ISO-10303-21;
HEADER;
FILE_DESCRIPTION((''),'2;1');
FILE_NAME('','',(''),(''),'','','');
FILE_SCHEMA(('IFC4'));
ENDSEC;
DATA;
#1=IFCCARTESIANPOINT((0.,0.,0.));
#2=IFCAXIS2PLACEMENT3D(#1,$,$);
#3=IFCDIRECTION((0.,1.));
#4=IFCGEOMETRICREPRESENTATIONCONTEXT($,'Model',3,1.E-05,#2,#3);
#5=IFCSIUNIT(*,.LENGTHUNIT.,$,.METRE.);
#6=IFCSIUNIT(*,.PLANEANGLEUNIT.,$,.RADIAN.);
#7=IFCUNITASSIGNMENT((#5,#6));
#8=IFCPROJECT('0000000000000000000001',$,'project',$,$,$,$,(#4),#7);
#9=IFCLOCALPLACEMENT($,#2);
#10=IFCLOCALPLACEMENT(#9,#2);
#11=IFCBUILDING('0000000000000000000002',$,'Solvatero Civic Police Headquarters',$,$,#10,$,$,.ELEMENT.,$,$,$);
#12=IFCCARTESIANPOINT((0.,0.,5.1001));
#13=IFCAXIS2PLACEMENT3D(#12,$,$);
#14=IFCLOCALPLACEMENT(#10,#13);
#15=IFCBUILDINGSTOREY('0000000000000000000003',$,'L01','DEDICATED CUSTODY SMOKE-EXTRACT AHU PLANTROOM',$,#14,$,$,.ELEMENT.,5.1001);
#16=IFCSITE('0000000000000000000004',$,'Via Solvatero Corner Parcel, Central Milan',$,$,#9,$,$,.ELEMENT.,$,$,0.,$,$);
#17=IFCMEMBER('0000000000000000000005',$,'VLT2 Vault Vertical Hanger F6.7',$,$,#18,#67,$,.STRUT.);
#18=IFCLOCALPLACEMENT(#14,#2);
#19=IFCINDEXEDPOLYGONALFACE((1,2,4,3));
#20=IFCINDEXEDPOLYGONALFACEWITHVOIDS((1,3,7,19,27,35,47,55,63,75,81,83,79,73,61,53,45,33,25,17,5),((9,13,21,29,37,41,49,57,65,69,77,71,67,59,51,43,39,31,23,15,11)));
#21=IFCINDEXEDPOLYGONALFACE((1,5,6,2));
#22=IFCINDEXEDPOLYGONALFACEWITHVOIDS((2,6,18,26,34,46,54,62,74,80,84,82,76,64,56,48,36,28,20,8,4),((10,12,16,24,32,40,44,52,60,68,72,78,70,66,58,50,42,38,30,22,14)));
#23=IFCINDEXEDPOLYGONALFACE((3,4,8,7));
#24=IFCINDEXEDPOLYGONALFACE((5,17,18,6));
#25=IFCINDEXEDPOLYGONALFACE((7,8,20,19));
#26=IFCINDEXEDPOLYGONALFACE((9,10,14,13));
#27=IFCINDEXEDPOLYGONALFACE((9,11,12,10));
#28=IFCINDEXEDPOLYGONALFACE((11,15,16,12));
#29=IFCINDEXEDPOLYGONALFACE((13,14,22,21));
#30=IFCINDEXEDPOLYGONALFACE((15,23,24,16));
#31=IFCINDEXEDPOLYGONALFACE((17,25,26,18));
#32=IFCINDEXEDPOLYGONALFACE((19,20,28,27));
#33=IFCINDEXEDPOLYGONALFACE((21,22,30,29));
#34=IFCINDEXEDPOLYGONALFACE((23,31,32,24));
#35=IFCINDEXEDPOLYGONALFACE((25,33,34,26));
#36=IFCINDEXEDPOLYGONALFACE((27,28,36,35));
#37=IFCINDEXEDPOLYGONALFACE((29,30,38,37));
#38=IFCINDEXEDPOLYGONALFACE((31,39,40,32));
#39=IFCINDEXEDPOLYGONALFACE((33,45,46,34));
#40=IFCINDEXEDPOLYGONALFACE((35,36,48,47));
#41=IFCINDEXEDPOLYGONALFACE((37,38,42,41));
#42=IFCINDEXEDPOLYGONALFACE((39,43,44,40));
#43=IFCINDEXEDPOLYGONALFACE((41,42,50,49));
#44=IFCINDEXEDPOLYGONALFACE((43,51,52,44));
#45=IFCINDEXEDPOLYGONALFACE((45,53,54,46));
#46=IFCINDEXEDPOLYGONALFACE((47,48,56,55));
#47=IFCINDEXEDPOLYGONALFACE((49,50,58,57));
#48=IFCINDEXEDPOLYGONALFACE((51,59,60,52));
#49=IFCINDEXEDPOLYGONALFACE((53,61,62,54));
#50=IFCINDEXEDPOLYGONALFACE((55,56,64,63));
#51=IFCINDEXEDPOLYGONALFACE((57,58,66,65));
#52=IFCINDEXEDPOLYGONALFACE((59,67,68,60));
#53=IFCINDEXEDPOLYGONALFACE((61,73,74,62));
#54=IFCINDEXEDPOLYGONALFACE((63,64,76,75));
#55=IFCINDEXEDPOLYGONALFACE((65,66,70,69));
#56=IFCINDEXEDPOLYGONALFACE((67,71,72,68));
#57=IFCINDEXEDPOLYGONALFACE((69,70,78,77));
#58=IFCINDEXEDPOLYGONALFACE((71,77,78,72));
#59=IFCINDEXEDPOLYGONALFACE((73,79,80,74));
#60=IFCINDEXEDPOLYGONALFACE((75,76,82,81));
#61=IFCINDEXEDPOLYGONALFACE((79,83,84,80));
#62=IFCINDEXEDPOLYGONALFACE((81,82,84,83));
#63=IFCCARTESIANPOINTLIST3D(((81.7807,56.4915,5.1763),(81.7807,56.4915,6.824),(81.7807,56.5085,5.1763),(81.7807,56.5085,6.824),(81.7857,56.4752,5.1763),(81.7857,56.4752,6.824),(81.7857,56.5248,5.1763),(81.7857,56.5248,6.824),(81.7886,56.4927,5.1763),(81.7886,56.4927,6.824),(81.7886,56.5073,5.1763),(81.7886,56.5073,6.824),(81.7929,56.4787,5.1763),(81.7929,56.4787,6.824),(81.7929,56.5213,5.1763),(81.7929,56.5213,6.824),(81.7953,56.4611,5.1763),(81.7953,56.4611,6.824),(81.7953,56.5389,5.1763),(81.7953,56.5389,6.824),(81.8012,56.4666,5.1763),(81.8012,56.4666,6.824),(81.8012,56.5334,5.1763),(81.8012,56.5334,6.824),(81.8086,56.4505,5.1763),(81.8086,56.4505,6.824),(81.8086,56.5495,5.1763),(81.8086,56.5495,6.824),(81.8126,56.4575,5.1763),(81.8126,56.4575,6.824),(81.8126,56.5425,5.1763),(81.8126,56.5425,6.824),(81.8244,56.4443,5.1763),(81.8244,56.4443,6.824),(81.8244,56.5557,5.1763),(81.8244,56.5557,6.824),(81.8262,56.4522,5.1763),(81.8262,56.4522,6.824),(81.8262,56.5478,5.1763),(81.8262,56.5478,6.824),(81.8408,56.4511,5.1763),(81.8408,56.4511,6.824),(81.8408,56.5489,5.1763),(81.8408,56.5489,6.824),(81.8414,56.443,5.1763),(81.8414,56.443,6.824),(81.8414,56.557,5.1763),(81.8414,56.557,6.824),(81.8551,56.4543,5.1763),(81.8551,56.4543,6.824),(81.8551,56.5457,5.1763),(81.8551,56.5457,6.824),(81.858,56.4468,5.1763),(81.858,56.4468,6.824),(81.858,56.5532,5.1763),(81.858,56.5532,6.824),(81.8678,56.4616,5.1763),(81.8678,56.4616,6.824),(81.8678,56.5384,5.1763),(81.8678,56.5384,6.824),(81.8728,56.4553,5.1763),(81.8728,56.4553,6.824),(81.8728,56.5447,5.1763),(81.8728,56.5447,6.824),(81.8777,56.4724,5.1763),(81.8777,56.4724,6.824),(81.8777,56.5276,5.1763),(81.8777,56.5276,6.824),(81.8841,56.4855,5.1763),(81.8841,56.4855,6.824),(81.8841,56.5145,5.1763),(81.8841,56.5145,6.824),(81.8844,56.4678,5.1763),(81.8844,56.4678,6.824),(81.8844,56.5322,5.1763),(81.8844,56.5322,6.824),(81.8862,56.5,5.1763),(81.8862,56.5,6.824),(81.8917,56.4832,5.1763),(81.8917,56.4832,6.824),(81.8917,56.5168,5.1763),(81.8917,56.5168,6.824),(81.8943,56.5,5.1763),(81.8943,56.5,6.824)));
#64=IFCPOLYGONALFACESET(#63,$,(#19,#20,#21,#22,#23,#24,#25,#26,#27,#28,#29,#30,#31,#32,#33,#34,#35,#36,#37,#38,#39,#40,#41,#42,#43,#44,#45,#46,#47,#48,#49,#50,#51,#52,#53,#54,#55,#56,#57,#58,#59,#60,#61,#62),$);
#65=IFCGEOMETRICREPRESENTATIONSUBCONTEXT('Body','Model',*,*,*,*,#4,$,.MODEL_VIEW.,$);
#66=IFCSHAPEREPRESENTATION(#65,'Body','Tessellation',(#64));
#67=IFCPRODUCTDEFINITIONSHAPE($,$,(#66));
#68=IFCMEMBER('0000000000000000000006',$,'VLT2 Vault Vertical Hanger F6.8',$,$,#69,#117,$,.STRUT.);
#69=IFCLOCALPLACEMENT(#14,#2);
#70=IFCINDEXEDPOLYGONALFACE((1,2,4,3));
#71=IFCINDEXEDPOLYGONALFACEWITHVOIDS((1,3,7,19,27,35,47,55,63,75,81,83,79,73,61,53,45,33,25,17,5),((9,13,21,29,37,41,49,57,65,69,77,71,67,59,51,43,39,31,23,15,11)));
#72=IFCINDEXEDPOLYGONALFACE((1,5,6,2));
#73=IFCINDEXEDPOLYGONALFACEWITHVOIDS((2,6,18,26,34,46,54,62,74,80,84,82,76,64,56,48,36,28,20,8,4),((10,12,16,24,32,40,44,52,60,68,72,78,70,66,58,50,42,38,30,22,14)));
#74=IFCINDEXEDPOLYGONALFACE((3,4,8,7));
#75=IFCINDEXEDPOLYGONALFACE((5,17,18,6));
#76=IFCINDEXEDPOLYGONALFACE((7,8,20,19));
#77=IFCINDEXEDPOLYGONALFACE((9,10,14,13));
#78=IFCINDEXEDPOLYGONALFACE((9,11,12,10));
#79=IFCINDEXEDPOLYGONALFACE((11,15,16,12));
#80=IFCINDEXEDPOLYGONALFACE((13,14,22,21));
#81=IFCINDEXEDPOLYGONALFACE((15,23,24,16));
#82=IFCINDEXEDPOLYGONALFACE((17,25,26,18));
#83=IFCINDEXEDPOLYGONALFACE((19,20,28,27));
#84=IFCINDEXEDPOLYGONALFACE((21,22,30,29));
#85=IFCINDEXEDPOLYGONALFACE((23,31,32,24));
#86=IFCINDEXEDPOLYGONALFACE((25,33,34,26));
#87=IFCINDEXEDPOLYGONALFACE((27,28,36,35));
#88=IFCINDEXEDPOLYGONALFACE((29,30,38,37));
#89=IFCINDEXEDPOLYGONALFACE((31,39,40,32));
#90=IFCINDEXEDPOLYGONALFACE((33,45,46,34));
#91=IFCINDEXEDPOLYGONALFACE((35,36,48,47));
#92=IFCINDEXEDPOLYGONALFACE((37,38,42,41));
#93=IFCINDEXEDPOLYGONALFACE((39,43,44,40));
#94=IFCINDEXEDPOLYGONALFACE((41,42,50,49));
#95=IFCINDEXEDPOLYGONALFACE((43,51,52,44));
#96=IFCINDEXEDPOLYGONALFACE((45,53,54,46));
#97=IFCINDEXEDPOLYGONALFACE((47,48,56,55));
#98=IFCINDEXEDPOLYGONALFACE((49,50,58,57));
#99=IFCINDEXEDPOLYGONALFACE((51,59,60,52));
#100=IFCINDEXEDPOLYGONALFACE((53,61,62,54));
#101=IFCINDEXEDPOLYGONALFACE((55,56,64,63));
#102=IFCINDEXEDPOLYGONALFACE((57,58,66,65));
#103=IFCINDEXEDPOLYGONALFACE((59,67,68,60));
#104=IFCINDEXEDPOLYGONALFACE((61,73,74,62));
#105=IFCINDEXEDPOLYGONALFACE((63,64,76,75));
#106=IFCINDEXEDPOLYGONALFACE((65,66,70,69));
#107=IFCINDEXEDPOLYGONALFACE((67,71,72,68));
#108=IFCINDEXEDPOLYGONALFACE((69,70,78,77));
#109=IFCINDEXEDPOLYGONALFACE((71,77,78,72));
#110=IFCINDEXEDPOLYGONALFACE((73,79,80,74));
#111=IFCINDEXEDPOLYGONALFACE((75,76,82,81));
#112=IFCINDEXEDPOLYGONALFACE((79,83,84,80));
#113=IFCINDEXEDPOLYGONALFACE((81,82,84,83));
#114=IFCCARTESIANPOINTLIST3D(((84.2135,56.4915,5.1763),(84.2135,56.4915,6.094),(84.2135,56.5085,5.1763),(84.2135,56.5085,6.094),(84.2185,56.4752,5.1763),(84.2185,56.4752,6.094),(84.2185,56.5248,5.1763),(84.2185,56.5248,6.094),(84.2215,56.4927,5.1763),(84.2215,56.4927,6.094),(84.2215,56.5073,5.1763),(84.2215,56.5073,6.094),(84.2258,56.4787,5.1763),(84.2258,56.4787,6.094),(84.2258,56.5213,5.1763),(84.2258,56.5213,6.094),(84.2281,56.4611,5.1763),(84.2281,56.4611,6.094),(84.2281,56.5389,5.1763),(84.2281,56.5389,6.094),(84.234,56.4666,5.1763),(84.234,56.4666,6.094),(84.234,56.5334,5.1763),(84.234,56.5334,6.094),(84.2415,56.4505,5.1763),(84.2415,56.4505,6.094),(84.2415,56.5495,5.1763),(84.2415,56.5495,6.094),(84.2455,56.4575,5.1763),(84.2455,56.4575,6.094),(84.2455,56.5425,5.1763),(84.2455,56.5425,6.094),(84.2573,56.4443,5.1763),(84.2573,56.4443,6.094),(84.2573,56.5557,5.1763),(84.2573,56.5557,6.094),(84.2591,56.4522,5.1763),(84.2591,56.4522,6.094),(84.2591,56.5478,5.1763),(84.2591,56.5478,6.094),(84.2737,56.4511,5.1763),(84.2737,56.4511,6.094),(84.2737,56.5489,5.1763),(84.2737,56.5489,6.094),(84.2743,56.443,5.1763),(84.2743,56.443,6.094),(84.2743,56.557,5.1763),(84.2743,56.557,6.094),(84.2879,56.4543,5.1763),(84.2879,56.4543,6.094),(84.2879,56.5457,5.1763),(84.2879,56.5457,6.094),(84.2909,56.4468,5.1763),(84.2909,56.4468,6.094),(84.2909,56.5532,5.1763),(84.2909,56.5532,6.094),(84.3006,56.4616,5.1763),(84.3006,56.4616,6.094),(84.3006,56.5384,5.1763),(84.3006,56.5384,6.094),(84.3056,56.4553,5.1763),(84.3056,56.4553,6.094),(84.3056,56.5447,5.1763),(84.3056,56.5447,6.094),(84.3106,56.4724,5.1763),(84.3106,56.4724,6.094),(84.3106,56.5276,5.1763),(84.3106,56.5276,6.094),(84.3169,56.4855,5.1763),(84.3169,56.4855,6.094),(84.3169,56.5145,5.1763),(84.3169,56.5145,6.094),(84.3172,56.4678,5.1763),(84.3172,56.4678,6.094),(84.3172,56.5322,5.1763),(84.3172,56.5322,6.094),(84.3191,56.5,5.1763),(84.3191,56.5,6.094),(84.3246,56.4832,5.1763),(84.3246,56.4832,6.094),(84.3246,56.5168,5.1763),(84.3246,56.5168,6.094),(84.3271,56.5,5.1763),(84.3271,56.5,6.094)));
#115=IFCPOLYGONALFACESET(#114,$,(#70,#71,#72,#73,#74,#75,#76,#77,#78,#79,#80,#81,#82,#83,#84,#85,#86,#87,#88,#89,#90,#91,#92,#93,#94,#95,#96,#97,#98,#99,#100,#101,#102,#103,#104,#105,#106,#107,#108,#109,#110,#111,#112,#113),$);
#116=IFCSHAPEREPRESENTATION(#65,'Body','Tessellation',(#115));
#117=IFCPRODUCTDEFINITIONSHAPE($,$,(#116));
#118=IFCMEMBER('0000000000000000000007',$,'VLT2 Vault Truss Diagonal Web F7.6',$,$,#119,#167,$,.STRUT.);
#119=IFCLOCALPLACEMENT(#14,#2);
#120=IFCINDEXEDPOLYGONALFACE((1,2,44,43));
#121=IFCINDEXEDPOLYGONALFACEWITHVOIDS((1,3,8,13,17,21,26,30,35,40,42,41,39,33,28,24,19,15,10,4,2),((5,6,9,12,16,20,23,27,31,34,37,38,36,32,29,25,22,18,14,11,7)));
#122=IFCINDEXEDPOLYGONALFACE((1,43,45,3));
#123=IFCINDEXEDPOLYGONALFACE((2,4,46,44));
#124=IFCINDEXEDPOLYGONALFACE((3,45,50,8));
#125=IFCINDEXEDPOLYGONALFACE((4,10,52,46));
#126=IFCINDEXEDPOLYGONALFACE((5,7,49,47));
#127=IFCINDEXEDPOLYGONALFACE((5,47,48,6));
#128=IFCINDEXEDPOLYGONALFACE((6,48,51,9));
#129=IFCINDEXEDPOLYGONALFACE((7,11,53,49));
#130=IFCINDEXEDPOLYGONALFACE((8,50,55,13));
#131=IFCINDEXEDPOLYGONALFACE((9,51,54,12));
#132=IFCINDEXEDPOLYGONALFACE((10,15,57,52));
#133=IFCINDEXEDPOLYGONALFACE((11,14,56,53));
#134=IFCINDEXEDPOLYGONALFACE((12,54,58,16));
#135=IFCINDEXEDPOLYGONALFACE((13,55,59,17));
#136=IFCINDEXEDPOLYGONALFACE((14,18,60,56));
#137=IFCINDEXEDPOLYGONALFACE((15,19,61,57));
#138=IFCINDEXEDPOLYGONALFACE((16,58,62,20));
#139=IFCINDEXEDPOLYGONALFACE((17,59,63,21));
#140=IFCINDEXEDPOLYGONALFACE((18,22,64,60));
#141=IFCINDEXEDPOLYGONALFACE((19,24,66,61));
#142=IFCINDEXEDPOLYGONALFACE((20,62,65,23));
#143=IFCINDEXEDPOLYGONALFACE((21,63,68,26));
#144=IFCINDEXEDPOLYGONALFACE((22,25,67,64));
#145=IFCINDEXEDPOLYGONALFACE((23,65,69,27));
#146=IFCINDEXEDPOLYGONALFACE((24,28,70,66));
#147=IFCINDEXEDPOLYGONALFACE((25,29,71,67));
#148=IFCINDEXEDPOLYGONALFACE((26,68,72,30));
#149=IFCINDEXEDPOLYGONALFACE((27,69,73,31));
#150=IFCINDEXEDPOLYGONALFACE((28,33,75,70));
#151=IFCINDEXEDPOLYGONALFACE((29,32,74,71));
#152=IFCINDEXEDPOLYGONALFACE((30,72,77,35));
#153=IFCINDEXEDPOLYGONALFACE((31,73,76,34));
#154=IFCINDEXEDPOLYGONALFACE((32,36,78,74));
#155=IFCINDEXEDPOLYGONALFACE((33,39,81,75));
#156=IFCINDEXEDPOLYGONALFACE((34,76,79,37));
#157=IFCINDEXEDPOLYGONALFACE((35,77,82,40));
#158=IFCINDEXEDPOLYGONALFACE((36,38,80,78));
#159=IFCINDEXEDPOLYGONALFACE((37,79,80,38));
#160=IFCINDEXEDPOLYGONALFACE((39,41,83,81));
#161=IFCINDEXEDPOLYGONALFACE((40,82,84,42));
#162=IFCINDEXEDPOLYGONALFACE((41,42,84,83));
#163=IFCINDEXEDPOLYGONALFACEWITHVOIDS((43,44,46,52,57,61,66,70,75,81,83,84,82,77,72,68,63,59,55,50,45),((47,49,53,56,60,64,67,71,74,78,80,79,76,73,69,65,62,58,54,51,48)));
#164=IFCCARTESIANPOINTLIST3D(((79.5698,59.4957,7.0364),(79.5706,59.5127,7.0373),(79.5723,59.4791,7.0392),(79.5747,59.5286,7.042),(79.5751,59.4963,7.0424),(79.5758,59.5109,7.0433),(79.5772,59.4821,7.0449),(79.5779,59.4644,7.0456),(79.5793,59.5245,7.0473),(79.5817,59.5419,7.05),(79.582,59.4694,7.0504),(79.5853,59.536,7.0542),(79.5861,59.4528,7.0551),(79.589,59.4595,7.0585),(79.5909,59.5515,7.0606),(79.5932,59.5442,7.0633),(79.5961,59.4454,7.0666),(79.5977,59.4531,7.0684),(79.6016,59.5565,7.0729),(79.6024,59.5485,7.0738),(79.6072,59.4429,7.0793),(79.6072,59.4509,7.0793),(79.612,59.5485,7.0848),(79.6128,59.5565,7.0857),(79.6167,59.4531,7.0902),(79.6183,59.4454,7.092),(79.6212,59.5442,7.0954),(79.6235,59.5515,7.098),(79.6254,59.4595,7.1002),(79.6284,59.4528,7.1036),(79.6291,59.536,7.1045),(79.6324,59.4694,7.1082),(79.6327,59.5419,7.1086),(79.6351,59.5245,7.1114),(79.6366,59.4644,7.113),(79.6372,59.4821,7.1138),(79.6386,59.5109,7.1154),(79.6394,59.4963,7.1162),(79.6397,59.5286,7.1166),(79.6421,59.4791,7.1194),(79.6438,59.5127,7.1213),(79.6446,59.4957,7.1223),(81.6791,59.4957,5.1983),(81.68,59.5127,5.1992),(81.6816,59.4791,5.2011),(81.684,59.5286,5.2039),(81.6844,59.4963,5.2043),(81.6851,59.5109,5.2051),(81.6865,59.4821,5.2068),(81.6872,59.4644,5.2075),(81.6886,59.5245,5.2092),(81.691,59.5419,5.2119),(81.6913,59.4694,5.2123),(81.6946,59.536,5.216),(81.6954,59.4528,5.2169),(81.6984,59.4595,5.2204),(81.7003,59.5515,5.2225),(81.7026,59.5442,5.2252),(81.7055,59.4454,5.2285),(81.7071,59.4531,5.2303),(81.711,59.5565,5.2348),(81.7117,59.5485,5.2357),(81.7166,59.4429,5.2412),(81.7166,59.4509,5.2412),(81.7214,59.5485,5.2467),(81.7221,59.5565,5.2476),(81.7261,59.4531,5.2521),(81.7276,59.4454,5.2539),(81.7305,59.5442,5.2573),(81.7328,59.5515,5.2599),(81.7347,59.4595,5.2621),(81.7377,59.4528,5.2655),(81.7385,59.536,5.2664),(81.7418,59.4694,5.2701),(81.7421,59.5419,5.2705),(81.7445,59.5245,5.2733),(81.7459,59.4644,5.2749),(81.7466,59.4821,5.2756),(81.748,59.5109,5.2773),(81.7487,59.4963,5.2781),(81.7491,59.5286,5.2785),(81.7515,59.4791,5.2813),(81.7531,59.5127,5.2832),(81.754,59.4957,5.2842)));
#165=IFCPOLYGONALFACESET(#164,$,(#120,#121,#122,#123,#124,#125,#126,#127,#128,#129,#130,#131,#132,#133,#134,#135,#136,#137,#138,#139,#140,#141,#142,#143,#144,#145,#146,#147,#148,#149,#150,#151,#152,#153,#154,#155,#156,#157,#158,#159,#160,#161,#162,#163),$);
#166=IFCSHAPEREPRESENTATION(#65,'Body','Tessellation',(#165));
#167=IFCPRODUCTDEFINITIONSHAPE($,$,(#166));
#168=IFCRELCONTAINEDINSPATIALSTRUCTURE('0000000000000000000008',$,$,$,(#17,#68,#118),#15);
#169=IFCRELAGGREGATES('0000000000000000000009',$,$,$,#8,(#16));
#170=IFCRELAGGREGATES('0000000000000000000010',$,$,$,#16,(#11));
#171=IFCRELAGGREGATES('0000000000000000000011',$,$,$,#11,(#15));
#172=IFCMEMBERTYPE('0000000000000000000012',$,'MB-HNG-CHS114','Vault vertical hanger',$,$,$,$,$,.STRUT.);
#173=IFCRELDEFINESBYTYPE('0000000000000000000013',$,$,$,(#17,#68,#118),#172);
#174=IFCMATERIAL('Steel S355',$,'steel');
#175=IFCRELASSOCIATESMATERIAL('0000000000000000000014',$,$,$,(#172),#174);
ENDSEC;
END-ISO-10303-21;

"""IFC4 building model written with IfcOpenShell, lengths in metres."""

from ifc_helpers import new_model, si_unit, direction, frame, origin, origin_2d, place, context, subcontext, project, spatial, hollow_circle, extrude, material, material_profile, profile_set, type_object, element, save


model = new_model("IFC4")

# Units and contexts
model_context = context("Model", 3, precision=1e-05, world=origin(), true_north=direction((0.0, 1.0)))
body_context = subcontext(model_context, "Body", "Model", "MODEL_VIEW")
ifc_project = project(units=[si_unit("LENGTHUNIT", "METRE"), si_unit("PLANEANGLEUNIT", "RADIAN")], contexts=[model_context])

# Site, building, storey
site_placement = place(None, origin())
site = spatial("IfcSite", under=ifc_project, at=site_placement, Name="Via Solvatero Corner Parcel, Central Milan", CompositionType="ELEMENT", RefElevation=0.0)
building_placement = place(site_placement, origin())
building = spatial("IfcBuilding", under=site, at=building_placement, Name="Solvatero Civic Police Headquarters", CompositionType="ELEMENT")
storey_placement = place(building_placement, frame((0.0, 0.0, 5.1001)))
storey = spatial("IfcBuildingStorey", under=building, at=storey_placement, Name="L01", Description="DEDICATED CUSTODY SMOKE-EXTRACT AHU PLANTROOM", CompositionType="ELEMENT", Elevation=5.1001)

# Shared definitions
ifc_material_1 = material(Name="Steel S355", Category="steel")

# Members
ifc_material_profile_1 = material_profile(ifc_material_1, hollow_circle(Radius=0.0571, WallThickness=0.0081, at=origin_2d()), Name="CHS 114.3x8.0")
ifc_profile_set_1 = profile_set([ifc_material_profile_1], Name="Steel S355")
member_type_1 = type_object("IfcMemberType", Name="MB-HNG-CHS114", Description="Vault vertical hanger", PredefinedType="STRUT", material=ifc_profile_set_1)
member_1_placement = place(storey_placement, frame((81.8372, 56.5, 5.1763), z_axis=(0.0, 0.0, 1.0), x_axis=(1.0, 0.0, 0.0)))
element("IfcMember", 1, at=member_1_placement, inside=storey, type_object=member_type_1, Name="VLT2 Vault Vertical Hanger F6.7", PredefinedType="STRUT", context=body_context, shape_type="SweptSolid", body=[
    extrude(hollow_circle(Radius=0.0571, WallThickness=0.0081, at=origin_2d()), origin(), (0.0, 0.0, 1.0), 1.6477),
])
member_2_placement = place(storey_placement, frame((84.27, 56.5, 5.1763), z_axis=(0.0, 0.0, 1.0), x_axis=(1.0, 0.0, 0.0)))
element("IfcMember", 2, at=member_2_placement, inside=storey, type_object=member_type_1, Name="VLT2 Vault Vertical Hanger F6.8", PredefinedType="STRUT", context=body_context, shape_type="SweptSolid", body=[
    extrude(hollow_circle(Radius=0.0571, WallThickness=0.0081, at=origin_2d()), origin(), (0.0, 0.0, 1.0), 0.9177),
])
member_3_placement = place(storey_placement, frame((81.7166, 59.5, 5.2412), z_axis=(-0.753916, 0.0, 0.656971), x_axis=(0.0, -1.0, 0.0)))
element("IfcMember", 3, at=member_3_placement, inside=storey, type_object=member_type_1, Name="VLT2 Vault Truss Diagonal Web F7.6", PredefinedType="STRUT", context=body_context, shape_type="SweptSolid", body=[
    extrude(hollow_circle(Radius=0.0571, WallThickness=0.0081, at=origin_2d()), origin(), (0.0, 0.0, 1.0), 2.7979),
])

save(model, "model.ifc")
